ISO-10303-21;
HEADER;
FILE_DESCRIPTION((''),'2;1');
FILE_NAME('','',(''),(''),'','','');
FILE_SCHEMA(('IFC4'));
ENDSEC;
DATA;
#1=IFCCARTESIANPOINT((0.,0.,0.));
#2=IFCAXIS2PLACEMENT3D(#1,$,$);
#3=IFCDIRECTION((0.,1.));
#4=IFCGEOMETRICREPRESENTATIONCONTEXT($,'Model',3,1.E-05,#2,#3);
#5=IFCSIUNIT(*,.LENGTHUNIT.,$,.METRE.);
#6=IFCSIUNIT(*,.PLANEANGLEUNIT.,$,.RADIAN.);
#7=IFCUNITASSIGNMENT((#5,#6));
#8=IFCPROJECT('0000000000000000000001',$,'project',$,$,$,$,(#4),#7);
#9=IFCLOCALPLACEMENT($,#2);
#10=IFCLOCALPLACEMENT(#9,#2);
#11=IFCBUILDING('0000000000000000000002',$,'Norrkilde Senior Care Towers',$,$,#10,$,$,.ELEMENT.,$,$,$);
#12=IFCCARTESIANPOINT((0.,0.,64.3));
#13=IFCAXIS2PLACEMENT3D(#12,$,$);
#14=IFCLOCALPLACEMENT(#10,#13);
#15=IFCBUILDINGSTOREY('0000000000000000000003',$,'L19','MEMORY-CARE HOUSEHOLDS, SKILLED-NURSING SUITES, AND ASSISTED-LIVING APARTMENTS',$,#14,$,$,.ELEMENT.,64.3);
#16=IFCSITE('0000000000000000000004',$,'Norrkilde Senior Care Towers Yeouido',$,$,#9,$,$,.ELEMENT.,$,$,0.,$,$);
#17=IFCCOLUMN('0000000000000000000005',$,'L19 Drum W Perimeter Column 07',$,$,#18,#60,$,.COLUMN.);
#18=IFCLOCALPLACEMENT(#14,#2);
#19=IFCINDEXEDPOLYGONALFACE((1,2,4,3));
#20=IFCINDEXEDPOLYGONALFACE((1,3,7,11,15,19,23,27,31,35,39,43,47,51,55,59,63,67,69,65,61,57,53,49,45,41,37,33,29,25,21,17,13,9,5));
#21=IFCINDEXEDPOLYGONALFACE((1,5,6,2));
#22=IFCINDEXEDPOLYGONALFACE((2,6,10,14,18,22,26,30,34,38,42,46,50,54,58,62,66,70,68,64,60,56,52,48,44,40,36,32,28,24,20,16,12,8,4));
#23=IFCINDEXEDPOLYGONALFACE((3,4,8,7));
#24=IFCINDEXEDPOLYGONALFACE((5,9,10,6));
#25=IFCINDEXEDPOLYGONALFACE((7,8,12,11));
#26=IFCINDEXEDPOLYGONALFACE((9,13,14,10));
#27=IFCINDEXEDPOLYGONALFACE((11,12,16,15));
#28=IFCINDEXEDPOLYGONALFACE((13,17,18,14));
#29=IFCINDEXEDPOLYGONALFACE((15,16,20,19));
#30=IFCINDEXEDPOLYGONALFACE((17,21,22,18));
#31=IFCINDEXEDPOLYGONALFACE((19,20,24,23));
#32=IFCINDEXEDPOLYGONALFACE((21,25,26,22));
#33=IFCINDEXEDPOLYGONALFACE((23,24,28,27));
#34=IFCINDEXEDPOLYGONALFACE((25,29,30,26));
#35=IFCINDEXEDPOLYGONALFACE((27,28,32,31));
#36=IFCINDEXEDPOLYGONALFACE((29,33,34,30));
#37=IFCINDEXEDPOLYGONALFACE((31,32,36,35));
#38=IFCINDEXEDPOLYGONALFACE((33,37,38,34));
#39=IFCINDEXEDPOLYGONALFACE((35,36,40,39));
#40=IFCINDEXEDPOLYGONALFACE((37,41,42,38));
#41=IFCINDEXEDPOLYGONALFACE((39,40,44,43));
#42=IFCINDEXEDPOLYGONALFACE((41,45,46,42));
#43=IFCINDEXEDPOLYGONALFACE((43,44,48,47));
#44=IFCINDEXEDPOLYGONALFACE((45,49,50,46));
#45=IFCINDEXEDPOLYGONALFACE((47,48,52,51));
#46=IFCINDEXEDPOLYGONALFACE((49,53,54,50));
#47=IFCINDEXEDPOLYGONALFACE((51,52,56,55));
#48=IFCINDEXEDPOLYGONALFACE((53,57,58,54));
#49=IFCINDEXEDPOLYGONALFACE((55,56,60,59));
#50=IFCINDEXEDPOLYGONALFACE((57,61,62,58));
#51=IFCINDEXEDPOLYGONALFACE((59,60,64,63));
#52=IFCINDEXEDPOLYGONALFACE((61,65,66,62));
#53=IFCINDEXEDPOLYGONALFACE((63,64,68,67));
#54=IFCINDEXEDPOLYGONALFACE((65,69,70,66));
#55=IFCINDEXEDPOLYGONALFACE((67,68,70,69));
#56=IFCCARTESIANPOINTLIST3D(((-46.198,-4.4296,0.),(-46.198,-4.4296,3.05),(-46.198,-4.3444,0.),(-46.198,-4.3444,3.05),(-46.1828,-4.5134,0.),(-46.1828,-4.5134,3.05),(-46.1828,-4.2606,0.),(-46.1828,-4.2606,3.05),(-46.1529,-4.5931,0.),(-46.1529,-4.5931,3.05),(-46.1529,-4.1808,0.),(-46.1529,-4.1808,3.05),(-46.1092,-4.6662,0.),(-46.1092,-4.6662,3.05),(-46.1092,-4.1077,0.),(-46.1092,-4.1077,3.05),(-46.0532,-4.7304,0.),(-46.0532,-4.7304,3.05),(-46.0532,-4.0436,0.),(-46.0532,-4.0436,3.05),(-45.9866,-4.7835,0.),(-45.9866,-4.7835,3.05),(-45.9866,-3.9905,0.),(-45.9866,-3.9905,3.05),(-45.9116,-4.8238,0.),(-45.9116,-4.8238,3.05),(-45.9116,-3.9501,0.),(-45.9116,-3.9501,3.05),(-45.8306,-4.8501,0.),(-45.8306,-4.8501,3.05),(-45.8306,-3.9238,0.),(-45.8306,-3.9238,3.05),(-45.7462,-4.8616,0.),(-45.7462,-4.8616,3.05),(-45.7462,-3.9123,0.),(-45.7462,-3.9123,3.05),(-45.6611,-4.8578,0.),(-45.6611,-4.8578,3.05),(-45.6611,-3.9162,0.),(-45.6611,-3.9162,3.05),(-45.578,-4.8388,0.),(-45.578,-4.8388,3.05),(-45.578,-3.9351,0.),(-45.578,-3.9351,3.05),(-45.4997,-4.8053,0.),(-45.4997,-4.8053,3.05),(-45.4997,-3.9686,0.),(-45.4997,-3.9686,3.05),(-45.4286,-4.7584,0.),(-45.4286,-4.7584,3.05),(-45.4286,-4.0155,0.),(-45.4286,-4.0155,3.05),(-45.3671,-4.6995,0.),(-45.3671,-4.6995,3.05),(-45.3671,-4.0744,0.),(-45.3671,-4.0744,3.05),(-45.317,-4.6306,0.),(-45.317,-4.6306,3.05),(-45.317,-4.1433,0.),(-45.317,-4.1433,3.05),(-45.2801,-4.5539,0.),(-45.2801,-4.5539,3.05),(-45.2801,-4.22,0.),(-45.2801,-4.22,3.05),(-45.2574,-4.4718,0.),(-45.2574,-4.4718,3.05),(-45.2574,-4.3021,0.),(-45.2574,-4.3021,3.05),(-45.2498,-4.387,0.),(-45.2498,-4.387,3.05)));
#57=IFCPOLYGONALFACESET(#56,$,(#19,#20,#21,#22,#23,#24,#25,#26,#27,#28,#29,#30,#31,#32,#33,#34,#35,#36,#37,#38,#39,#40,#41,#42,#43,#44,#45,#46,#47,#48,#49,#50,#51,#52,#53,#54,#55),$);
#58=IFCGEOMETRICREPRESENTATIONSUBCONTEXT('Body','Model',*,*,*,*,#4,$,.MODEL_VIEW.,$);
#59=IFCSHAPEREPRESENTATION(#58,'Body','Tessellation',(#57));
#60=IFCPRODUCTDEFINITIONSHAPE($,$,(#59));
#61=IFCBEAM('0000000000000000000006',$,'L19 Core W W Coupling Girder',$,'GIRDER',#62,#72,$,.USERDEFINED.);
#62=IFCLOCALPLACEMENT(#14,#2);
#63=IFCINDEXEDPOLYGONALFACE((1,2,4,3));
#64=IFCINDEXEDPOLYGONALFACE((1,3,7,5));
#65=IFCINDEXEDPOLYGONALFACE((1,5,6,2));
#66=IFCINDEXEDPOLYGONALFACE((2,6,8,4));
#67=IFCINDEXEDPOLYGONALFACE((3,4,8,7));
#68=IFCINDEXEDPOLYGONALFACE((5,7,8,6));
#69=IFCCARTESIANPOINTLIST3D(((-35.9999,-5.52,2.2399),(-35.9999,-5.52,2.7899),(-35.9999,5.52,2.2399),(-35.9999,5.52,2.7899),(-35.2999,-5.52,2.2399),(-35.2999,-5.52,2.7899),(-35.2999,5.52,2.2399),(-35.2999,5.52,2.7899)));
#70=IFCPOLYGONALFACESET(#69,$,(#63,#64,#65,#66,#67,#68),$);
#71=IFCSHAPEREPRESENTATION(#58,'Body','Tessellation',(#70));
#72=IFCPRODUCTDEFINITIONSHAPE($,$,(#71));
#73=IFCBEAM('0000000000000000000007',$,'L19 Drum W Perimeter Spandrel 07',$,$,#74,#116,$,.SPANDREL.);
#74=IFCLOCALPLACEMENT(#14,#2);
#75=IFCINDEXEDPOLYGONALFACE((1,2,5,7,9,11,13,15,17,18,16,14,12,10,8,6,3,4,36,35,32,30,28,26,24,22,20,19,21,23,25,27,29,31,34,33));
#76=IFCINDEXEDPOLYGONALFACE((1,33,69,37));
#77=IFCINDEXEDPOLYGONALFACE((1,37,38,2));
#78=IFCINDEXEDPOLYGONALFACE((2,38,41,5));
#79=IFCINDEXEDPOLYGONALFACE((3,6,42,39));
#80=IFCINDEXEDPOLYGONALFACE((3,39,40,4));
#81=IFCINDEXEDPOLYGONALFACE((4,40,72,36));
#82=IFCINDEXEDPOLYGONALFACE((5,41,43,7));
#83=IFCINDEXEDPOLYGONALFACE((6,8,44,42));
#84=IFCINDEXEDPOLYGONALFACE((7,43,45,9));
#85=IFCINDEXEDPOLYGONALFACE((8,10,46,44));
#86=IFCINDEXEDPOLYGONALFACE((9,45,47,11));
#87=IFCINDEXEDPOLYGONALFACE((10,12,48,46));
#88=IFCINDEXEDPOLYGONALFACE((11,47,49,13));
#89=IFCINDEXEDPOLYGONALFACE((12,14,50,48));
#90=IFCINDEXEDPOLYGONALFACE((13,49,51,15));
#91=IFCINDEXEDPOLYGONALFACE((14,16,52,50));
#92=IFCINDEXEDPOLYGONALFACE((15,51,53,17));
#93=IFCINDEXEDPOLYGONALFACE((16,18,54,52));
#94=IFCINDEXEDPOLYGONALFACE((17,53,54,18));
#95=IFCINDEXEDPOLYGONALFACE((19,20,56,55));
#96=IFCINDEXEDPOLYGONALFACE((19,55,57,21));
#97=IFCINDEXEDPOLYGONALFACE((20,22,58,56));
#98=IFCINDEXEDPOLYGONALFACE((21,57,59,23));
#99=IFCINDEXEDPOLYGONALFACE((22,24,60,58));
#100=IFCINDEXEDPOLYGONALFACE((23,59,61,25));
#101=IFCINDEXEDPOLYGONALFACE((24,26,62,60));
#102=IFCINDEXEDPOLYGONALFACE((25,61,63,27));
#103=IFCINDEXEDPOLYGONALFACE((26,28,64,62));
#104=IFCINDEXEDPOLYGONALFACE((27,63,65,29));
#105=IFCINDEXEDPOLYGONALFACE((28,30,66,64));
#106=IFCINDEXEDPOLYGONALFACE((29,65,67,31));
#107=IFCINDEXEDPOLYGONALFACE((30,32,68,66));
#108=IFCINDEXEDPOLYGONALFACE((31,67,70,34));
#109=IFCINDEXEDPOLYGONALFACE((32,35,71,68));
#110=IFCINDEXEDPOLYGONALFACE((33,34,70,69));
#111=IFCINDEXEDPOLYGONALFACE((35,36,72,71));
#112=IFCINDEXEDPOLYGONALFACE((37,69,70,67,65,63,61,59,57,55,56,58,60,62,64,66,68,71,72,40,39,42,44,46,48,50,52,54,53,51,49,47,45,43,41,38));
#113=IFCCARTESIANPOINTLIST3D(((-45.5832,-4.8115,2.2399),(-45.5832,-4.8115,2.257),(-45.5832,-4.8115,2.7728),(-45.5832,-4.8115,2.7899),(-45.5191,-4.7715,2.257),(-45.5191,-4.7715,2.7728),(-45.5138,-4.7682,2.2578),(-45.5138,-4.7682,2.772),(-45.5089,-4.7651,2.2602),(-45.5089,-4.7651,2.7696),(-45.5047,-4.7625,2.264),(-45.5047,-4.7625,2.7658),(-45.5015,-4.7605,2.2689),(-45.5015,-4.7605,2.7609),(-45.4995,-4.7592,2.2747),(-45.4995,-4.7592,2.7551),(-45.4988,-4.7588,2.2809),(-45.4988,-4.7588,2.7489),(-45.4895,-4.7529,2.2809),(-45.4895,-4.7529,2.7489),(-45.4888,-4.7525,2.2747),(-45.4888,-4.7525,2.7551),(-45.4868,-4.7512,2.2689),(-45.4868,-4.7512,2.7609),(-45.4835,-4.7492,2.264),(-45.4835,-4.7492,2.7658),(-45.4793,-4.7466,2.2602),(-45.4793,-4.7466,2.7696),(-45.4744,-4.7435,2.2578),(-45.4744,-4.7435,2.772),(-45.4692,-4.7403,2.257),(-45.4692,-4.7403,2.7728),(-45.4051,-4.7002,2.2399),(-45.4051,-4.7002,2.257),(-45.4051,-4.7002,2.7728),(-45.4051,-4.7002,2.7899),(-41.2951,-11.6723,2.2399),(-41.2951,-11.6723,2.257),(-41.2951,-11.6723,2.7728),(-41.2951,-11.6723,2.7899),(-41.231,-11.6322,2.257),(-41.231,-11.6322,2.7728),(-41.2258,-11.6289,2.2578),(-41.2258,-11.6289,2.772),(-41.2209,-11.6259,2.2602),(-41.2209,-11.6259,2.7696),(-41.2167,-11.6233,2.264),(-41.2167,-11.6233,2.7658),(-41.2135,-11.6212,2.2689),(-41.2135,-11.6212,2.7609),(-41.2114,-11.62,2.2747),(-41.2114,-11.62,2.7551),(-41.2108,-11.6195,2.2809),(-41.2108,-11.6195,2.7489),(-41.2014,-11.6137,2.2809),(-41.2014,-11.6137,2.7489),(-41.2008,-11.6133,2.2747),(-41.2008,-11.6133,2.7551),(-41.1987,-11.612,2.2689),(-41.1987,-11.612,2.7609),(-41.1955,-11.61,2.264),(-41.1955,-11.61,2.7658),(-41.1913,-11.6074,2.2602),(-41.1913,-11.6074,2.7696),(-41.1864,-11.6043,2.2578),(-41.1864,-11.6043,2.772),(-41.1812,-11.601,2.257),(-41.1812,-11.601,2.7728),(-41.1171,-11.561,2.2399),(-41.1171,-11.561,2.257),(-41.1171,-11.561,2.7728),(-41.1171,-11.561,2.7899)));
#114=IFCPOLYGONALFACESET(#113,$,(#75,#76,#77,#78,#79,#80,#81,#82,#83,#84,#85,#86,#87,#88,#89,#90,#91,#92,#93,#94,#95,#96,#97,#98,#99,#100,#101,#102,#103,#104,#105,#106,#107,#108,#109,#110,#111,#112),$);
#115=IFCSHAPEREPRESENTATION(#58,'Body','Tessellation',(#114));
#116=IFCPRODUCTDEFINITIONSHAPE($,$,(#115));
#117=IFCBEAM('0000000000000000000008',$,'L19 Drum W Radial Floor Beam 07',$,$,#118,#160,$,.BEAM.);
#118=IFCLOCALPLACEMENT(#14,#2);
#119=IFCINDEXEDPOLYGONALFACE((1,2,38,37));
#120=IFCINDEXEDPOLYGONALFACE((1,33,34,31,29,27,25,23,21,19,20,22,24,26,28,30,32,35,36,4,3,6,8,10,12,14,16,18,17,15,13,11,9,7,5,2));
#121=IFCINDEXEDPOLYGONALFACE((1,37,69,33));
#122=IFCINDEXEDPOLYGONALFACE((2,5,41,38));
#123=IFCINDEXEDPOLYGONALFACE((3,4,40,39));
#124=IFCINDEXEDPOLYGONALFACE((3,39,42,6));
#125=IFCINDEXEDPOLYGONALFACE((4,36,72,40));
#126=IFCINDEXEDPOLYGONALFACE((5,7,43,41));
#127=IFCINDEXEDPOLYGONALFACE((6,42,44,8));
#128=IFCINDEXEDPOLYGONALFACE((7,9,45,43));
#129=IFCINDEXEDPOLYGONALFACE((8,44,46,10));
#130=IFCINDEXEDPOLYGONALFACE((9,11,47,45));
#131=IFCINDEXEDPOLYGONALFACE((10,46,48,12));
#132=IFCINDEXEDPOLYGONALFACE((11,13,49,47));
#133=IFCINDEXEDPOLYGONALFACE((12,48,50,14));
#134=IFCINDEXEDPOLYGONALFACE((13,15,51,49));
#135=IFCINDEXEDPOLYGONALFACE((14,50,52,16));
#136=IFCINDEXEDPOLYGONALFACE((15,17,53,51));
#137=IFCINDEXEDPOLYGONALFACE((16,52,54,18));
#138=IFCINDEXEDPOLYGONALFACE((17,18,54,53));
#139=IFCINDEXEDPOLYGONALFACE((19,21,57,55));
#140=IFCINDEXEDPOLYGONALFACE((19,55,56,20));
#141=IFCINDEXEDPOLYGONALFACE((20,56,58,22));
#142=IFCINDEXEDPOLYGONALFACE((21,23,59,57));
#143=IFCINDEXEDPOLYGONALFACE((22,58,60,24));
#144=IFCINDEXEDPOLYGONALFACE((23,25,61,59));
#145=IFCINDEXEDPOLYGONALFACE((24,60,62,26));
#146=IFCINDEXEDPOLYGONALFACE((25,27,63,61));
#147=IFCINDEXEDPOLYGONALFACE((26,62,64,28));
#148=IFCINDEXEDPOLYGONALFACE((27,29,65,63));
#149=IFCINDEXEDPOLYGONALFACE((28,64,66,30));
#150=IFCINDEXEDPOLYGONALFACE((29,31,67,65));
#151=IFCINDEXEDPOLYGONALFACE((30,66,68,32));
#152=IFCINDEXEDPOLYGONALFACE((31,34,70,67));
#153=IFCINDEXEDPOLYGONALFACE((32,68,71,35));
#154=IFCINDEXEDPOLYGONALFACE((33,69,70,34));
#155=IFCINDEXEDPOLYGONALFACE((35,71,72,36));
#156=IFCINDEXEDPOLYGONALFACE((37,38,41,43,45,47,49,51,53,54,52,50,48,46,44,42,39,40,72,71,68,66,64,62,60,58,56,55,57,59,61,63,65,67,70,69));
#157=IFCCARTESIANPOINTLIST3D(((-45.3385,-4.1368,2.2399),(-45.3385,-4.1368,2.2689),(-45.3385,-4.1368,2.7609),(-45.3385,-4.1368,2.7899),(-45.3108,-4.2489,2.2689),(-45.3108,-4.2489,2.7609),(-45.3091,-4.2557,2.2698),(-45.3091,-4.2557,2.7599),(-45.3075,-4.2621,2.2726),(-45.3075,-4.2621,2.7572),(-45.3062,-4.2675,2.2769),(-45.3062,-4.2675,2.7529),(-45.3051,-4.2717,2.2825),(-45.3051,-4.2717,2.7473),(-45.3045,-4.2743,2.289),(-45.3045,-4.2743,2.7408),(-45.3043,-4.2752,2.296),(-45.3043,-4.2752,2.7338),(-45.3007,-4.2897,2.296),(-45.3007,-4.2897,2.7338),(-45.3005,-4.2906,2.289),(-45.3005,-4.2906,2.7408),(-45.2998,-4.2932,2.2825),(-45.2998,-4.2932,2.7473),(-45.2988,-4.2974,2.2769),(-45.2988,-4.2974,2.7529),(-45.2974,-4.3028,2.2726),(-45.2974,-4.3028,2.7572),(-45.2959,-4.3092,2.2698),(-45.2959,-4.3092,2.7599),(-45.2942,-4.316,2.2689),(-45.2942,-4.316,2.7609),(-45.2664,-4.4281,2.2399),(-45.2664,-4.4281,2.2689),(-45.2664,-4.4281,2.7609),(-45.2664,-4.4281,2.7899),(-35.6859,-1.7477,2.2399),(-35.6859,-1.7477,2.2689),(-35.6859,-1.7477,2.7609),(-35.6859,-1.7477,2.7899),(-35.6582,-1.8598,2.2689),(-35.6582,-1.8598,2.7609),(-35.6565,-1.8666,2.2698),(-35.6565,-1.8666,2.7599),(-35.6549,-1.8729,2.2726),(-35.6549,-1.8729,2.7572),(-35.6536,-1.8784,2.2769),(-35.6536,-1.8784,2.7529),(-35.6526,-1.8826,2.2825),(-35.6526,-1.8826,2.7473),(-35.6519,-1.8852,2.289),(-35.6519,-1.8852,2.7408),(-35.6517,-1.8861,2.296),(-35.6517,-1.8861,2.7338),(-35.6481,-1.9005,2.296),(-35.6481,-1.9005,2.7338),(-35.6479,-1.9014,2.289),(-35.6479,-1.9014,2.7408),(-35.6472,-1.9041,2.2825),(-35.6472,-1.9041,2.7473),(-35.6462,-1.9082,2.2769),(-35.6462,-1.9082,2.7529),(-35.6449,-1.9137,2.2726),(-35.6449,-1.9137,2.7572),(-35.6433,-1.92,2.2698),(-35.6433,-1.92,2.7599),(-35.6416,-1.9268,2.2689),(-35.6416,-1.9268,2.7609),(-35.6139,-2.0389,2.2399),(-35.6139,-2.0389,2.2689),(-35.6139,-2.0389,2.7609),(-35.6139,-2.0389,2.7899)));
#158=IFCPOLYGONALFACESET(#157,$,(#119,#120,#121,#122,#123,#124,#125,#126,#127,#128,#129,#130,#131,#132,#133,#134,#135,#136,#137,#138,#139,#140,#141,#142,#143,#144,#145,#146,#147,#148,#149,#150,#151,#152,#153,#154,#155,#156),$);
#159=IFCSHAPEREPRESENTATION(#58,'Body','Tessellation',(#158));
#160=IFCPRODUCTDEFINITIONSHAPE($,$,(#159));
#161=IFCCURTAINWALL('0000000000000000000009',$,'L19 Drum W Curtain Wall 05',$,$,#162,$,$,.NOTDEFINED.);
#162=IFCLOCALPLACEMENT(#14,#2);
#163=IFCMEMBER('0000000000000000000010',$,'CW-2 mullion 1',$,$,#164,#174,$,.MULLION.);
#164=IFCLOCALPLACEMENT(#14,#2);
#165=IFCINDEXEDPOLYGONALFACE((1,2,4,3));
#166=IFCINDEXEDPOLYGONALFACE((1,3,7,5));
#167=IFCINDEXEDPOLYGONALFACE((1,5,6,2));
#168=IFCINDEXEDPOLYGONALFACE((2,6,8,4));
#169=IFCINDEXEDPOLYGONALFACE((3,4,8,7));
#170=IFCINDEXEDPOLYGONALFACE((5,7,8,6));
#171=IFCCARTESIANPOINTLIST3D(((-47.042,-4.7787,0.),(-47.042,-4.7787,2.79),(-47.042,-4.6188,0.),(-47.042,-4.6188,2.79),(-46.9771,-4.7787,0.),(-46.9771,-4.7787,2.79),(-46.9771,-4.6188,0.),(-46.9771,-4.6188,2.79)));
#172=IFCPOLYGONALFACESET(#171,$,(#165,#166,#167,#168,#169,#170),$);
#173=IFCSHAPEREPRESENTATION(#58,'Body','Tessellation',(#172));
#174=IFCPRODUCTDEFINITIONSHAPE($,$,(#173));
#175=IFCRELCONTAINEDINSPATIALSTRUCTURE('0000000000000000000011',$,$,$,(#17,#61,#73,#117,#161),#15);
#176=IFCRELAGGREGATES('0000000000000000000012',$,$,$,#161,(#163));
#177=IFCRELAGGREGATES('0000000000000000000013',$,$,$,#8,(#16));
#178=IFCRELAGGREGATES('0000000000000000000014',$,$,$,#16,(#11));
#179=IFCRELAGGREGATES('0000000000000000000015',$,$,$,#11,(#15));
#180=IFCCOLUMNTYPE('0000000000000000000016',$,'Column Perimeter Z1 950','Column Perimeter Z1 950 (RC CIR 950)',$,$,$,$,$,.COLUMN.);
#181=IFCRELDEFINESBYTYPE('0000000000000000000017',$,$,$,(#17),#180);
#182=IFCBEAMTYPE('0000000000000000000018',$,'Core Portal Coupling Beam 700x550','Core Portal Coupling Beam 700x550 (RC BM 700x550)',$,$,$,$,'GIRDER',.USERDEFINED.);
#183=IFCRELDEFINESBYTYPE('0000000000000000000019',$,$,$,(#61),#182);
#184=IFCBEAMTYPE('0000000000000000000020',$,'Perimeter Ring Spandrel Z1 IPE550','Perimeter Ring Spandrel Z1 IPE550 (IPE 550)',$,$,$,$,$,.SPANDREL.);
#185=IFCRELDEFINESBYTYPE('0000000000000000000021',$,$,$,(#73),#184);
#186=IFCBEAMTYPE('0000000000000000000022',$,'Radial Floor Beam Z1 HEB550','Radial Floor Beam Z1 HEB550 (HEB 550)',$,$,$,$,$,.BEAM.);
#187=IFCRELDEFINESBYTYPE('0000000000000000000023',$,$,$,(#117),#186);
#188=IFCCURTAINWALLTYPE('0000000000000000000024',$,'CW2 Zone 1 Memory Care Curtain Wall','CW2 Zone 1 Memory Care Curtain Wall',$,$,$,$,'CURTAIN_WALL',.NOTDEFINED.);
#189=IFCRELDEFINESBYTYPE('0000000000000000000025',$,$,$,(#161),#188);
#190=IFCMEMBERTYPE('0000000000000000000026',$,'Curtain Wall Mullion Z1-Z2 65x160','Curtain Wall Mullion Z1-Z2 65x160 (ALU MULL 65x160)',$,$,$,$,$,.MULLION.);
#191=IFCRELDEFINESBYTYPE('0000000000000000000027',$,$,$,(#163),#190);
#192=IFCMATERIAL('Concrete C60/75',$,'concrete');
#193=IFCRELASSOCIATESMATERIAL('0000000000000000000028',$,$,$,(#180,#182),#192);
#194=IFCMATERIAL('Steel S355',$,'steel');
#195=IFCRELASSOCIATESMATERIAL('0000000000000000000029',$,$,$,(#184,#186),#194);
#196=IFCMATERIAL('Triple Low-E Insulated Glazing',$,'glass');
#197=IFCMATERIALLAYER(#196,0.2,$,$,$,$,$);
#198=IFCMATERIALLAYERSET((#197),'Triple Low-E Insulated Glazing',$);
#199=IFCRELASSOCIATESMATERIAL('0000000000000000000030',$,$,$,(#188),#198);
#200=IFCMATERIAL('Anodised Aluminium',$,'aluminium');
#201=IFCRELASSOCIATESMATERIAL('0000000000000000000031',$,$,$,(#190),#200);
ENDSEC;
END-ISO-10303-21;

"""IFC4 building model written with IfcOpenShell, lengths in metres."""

from ifc_helpers import new_model, si_unit, direction, frame, origin, origin_2d, place, context, subcontext, project, spatial, rectangle, circle, i_section, extrude, source, transform, mapped, material, layer, layer_set, material_profile, profile_set, type_object, type_shapes, element, aggregate, save


model = new_model("IFC4")

# Units and contexts
model_context = context("Model", 3, precision=1e-05, world=origin(), true_north=direction((0.0, 1.0)))
body_context = subcontext(model_context, "Body", "Model", "MODEL_VIEW")
ifc_project = project(units=[si_unit("LENGTHUNIT", "METRE"), si_unit("PLANEANGLEUNIT", "RADIAN")], contexts=[model_context])

# Site, building, storey
site_placement = place(None, origin())
site = spatial("IfcSite", under=ifc_project, at=site_placement, Name="Norrkilde Senior Care Towers Yeouido", CompositionType="ELEMENT", RefElevation=0.0)
building_placement = place(site_placement, origin())
building = spatial("IfcBuilding", under=site, at=building_placement, Name="Norrkilde Senior Care Towers", CompositionType="ELEMENT")
storey_placement = place(building_placement, frame((0.0, 0.0, 64.3)))
storey = spatial("IfcBuildingStorey", under=building, at=storey_placement, Name="L19", Description="MEMORY-CARE HOUSEHOLDS, SKILLED-NURSING SUITES, AND ASSISTED-LIVING APARTMENTS", CompositionType="ELEMENT", Elevation=64.3)

# Column
ifc_material_1 = material(Name="Concrete C60/75", Category="concrete")
ifc_material_profile_1 = material_profile(ifc_material_1, circle(Radius=0.4751, at=origin_2d()), Name="RC CIR 950")
ifc_profile_set_1 = profile_set([ifc_material_profile_1], Name="Concrete C60/75")
column_type = type_object("IfcColumnType", Name="Column Perimeter Z1 950", Description="Column Perimeter Z1 950 (RC CIR 950)", PredefinedType="COLUMN", material=ifc_profile_set_1)
shared_shape_1 = source(origin(), body_context, "Body", "SweptSolid", [
    extrude(circle(Radius=0.4751, at=origin_2d()), origin(), (0.0, 0.0, 1.0), 3.05),
])
type_shapes(column_type, [shared_shape_1])
column_placement = place(storey_placement, frame((-45.7249, -4.387, 0.0), z_axis=(0.0, 0.0, 1.0), x_axis=(1.0, 0.0, 0.0)))
element("IfcColumn", 1, at=column_placement, inside=storey, type_object=column_type, Name="L19 Drum W Perimeter Column 07", PredefinedType="COLUMN", context=body_context, shape_type="MappedRepresentation", body=[
    mapped(shared_shape_1, transform((0.0, 0.0, 0.0), x_axis=(1.0, 0.0, 0.0), y_axis=(0.0, 1.0, 0.0), z_axis=(0.0, 0.0, 1.0), scale=1.0)),
])

# Beams
ifc_material_profile_2 = material_profile(ifc_material_1, rectangle(XDim=0.7, YDim=0.55, at=origin_2d()), Name="RC BM 700x550")
ifc_profile_set_2 = profile_set([ifc_material_profile_2], Name="Concrete C60/75")
beam_type_1 = type_object("IfcBeamType", Name="Core Portal Coupling Beam 700x550", Description="Core Portal Coupling Beam 700x550 (RC BM 700x550)", ElementType="GIRDER", PredefinedType="USERDEFINED", material=ifc_profile_set_2)
shared_shape_2 = source(origin(), body_context, "Body", "SweptSolid", [
    extrude(rectangle(XDim=0.7, YDim=0.55, at=origin_2d()), origin(), (0.0, 0.0, 1.0), 11.04),
])
type_shapes(beam_type_1, [shared_shape_2])
beam_1_placement = place(storey_placement, frame((-35.6499, -5.52, 2.5149), z_axis=(0.0, 1.0, 0.0), x_axis=(-1.0, 0.0, 0.0)))
element("IfcBeam", 2, at=beam_1_placement, inside=storey, type_object=beam_type_1, Name="L19 Core W W Coupling Girder", ObjectType="GIRDER", PredefinedType="USERDEFINED", context=body_context, shape_type="MappedRepresentation", body=[
    mapped(shared_shape_2, transform((0.0, 0.0, 0.0), x_axis=(1.0, 0.0, 0.0), y_axis=(0.0, 1.0, 0.0), z_axis=(0.0, 0.0, 1.0), scale=1.0)),
])
ifc_material_2 = material(Name="Steel S355", Category="steel")
ifc_material_profile_3 = material_profile(ifc_material_2, i_section(OverallWidth=0.21, OverallDepth=0.55, WebThickness=0.011, FlangeThickness=0.0171, FilletRadius=0.0239, at=origin_2d()), Name="IPE 550")
ifc_profile_set_3 = profile_set([ifc_material_profile_3], Name="Steel S355")
beam_type_2 = type_object("IfcBeamType", Name="Perimeter Ring Spandrel Z1 IPE550", Description="Perimeter Ring Spandrel Z1 IPE550 (IPE 550)", PredefinedType="SPANDREL", material=ifc_profile_set_3)
shared_shape_3 = source(origin(), body_context, "Body", "SweptSolid", [
    extrude(i_section(OverallWidth=0.21, OverallDepth=0.55, WebThickness=0.011, FlangeThickness=0.0171, FilletRadius=0.0239, at=origin_2d()), origin(), (0.0, 0.0, 1.0), 8.0906),
])
type_shapes(beam_type_2, [shared_shape_3])
beam_2_placement = place(storey_placement, frame((-45.4941, -4.7559, 2.5149), z_axis=(0.530004, -0.847995, 0.0), x_axis=(0.847995, 0.530004, 0.0)))
element("IfcBeam", 3, at=beam_2_placement, inside=storey, type_object=beam_type_2, Name="L19 Drum W Perimeter Spandrel 07", PredefinedType="SPANDREL", context=body_context, shape_type="MappedRepresentation", body=[
    mapped(shared_shape_3, transform((0.0, 0.0, 0.0), x_axis=(1.0, 0.0, 0.0), y_axis=(0.0, 1.0, 0.0), z_axis=(0.0, 0.0, 1.0), scale=1.0)),
])
ifc_material_profile_4 = material_profile(ifc_material_2, i_section(OverallWidth=0.3, OverallDepth=0.55, WebThickness=0.0149, FlangeThickness=0.0291, FilletRadius=0.0271, at=origin_2d()), Name="HEB 550")
ifc_profile_set_4 = profile_set([ifc_material_profile_4], Name="Steel S355")
beam_type_3 = type_object("IfcBeamType", Name="Radial Floor Beam Z1 HEB550", Description="Radial Floor Beam Z1 HEB550 (HEB 550)", PredefinedType="BEAM", material=ifc_profile_set_4)
shared_shape_4 = source(origin(), body_context, "Body", "SweptSolid", [
    extrude(i_section(OverallWidth=0.3, OverallDepth=0.55, WebThickness=0.0149, FlangeThickness=0.0291, FilletRadius=0.0271, at=origin_2d()), origin(), (0.0, 0.0, 1.0), 9.9438),
])
type_shapes(beam_type_3, [shared_shape_4])
beam_3_placement = place(storey_placement, frame((-35.6499, -1.8933, 2.5149), z_axis=(-0.970707, -0.240265, 0.0), x_axis=(0.240265, -0.970707, 0.0)))
element("IfcBeam", 4, at=beam_3_placement, inside=storey, type_object=beam_type_3, Name="L19 Drum W Radial Floor Beam 07", PredefinedType="BEAM", context=body_context, shape_type="MappedRepresentation", body=[
    mapped(shared_shape_4, transform((0.0, 0.0, 0.0), x_axis=(1.0, 0.0, 0.0), y_axis=(0.0, 1.0, 0.0), z_axis=(0.0, 0.0, 1.0), scale=1.0)),
])

# Curtain wall, member
ifc_material_3 = material(Name="Triple Low-E Insulated Glazing", Category="glass")
ifc_layer_1 = layer(ifc_material_3, 0.2)
ifc_layer_set_1 = layer_set([ifc_layer_1], Name="Triple Low-E Insulated Glazing")
curtain_wall_type = type_object("IfcCurtainWallType", Name="CW2 Zone 1 Memory Care Curtain Wall", Description="CW2 Zone 1 Memory Care Curtain Wall", ElementType="CURTAIN_WALL", PredefinedType="NOTDEFINED", material=ifc_layer_set_1)
curtain_wall_1_placement = place(storey_placement, origin())
curtain_wall_1 = element("IfcCurtainWall", 5, at=curtain_wall_1_placement, inside=storey, type_object=curtain_wall_type, Name="L19 Drum W Curtain Wall 05", PredefinedType="NOTDEFINED")
ifc_material_4 = material(Name="Anodised Aluminium", Category="aluminium")
ifc_material_profile_5 = material_profile(ifc_material_4, rectangle(XDim=0.0649, YDim=0.1599, at=origin_2d()), Name="ALU MULL 65x160")
ifc_profile_set_5 = profile_set([ifc_material_profile_5], Name="Anodised Aluminium")
member_type_1 = type_object("IfcMemberType", Name="Curtain Wall Mullion Z1-Z2 65x160", Description="Curtain Wall Mullion Z1-Z2 65x160 (ALU MULL 65x160)", PredefinedType="MULLION", material=ifc_profile_set_5)
shared_shape_5 = source(origin(), body_context, "Body", "SweptSolid", [
    extrude(rectangle(XDim=0.0649, YDim=0.1599, at=origin_2d()), origin(), (0.0, 0.0, 1.0), 2.79),
])
type_shapes(member_type_1, [shared_shape_5])
member_1_placement = place(storey_placement, frame((-47.0095, -4.6987, 0.0), z_axis=(0.0, 0.0, 1.0), x_axis=(-1.0, 0.0, 0.0)))
member_1 = element("IfcMember", 6, at=member_1_placement, type_object=member_type_1, Name="CW-2 mullion 1", PredefinedType="MULLION", context=body_context, shape_type="MappedRepresentation", body=[
    mapped(shared_shape_5, transform((0.0, 0.0, 0.0), x_axis=(1.0, 0.0, 0.0), y_axis=(0.0, 1.0, 0.0), z_axis=(0.0, 0.0, 1.0), scale=1.0)),
])

aggregate(curtain_wall_1, [member_1])

save(model, "model.ifc")
